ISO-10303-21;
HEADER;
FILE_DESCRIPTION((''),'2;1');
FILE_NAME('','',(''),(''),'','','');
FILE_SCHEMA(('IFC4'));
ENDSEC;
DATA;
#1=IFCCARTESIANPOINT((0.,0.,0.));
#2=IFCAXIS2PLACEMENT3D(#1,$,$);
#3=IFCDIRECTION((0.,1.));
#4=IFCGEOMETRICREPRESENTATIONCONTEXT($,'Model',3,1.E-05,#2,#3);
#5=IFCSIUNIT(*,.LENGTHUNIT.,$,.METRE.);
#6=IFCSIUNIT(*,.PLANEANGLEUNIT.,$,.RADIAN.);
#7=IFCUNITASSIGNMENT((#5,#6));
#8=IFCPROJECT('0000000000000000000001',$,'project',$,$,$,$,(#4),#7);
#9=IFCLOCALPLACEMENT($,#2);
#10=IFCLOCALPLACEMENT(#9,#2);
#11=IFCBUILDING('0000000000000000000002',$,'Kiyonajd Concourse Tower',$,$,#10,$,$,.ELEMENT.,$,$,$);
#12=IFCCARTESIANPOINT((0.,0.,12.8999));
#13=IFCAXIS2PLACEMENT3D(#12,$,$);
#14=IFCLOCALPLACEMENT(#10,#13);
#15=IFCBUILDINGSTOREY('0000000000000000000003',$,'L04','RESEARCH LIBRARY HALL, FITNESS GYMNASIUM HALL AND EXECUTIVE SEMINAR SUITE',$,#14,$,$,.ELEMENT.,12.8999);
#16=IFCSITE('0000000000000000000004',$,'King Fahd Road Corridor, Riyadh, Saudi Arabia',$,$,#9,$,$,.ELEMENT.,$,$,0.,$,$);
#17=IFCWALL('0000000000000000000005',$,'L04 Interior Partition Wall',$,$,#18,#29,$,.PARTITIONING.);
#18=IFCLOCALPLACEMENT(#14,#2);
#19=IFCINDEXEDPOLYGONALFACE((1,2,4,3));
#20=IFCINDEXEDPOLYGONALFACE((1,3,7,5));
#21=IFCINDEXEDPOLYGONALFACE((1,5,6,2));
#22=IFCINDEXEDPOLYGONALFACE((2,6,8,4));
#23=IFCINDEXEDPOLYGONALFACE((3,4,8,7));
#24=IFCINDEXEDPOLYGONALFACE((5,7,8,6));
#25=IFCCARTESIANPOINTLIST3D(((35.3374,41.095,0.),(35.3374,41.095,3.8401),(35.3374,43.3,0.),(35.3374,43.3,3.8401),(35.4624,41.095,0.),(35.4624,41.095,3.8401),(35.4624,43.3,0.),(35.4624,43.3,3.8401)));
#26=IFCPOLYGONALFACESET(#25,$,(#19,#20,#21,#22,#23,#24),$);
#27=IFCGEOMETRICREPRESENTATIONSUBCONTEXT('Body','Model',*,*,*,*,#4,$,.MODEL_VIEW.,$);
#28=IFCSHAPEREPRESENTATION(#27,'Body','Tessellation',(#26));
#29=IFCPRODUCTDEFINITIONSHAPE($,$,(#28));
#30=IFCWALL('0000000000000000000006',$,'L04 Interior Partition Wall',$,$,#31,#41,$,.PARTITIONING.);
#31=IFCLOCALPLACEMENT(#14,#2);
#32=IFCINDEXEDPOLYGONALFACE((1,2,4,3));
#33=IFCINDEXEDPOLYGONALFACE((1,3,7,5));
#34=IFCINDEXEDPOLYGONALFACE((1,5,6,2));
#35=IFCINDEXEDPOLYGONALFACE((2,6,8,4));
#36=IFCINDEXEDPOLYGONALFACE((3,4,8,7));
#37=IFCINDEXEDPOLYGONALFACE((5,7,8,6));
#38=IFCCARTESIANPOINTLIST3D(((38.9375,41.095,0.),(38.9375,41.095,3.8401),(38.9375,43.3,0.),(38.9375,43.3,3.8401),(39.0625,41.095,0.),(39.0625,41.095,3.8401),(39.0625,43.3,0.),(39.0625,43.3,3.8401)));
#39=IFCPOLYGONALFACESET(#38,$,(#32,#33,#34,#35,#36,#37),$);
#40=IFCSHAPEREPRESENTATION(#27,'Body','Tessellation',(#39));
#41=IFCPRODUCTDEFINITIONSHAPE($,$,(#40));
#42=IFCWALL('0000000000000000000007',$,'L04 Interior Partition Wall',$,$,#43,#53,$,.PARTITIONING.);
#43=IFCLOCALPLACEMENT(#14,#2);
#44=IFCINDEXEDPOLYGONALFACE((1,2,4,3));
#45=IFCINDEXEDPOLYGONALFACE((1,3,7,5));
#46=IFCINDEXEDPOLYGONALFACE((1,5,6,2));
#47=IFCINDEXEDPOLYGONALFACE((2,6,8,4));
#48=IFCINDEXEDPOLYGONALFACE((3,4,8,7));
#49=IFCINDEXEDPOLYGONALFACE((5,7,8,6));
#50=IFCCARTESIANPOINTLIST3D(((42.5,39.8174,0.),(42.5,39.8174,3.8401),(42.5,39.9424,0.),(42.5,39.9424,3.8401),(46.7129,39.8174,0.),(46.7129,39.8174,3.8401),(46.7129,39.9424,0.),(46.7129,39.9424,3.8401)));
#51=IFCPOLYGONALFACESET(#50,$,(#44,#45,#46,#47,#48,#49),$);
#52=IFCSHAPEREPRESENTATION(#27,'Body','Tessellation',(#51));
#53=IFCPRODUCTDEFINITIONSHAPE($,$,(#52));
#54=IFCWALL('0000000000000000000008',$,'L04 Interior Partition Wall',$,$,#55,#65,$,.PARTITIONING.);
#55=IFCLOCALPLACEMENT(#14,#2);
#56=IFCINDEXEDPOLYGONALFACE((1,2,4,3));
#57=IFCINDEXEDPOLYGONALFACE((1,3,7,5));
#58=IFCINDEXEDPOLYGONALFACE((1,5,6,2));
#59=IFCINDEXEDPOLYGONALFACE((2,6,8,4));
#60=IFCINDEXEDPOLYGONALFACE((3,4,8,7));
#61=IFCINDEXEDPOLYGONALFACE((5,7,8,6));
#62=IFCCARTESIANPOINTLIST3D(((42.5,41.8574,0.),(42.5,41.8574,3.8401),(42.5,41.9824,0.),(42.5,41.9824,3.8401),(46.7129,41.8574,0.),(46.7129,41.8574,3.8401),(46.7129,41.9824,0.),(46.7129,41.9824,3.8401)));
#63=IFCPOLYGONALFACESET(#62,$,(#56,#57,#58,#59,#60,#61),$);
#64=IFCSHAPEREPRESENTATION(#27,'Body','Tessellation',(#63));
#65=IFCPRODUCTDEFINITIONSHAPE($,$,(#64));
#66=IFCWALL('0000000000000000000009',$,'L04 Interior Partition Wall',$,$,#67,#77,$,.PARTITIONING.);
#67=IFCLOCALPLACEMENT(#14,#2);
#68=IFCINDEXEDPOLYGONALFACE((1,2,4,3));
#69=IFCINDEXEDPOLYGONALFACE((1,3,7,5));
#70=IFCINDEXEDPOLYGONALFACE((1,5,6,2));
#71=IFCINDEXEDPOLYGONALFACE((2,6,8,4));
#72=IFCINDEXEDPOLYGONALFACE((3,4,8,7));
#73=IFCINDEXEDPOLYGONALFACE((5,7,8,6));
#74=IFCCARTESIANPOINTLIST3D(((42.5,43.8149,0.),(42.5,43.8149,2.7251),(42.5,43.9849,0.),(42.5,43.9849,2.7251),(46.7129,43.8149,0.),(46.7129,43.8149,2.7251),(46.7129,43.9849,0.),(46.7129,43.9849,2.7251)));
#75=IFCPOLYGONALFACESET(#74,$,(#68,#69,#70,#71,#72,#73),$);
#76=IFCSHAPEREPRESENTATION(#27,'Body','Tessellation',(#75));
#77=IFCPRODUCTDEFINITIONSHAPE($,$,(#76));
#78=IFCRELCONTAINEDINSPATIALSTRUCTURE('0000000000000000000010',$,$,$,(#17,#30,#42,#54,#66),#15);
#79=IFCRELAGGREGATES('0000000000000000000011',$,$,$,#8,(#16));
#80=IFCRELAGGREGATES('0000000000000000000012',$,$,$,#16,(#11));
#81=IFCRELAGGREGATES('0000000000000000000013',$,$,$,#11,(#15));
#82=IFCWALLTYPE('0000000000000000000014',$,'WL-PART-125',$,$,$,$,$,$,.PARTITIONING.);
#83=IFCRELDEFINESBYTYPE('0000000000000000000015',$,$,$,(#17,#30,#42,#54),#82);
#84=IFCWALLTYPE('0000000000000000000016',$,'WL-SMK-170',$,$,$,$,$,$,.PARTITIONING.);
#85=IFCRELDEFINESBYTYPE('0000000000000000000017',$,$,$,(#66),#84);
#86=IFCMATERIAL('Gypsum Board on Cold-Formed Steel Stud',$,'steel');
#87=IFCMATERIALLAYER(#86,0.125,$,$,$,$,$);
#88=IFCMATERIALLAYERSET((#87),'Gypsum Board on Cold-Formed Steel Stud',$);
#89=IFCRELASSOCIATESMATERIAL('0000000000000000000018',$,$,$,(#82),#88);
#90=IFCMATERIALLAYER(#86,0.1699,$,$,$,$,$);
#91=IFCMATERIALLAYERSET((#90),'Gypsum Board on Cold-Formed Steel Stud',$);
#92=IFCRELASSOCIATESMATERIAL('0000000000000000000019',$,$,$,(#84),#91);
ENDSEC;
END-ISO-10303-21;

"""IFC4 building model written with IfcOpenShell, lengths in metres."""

from ifc_helpers import new_model, si_unit, direction, frame, frame_2d, origin, place, context, subcontext, project, spatial, rectangle, extrude, material, layer, layer_set, type_object, element, save


model = new_model("IFC4")

# Units and contexts
model_context = context("Model", 3, precision=1e-05, world=origin(), true_north=direction((0.0, 1.0)))
body_context = subcontext(model_context, "Body", "Model", "MODEL_VIEW")
ifc_project = project(units=[si_unit("LENGTHUNIT", "METRE"), si_unit("PLANEANGLEUNIT", "RADIAN")], contexts=[model_context])

# Site, building, storey
site_placement = place(None, origin())
site = spatial("IfcSite", under=ifc_project, at=site_placement, Name="King Fahd Road Corridor, Riyadh, Saudi Arabia", CompositionType="ELEMENT", RefElevation=0.0)
building_placement = place(site_placement, origin())
building = spatial("IfcBuilding", under=site, at=building_placement, Name="Kiyonajd Concourse Tower", CompositionType="ELEMENT")
storey_placement = place(building_placement, frame((0.0, 0.0, 12.8999)))
storey = spatial("IfcBuildingStorey", under=building, at=storey_placement, Name="L04", Description="RESEARCH LIBRARY HALL, FITNESS GYMNASIUM HALL AND EXECUTIVE SEMINAR SUITE", CompositionType="ELEMENT", Elevation=12.8999)

# Walls
ifc_material_1 = material(Name="Gypsum Board on Cold-Formed Steel Stud", Category="steel")
ifc_layer_1 = layer(ifc_material_1, 0.125)
ifc_layer_set_1 = layer_set([ifc_layer_1], Name="Gypsum Board on Cold-Formed Steel Stud")
wall_type_1 = type_object("IfcWallType", Name="WL-PART-125", PredefinedType="PARTITIONING", material=ifc_layer_set_1)
for number, where, z_axis, x_axis, name in (
    (1, (35.3999, 41.095, 0.0), (0.0, 0.0, 1.0), (0.0, 1.0, 0.0), "L04 Interior Partition Wall"),
    (2, (39.0, 41.095, 0.0), (0.0, 0.0, 1.0), (0.0, 1.0, 0.0), "L04 Interior Partition Wall"),
):
    element("IfcWall", number, at=place(storey_placement, frame(where, z_axis=z_axis, x_axis=x_axis)), inside=storey, type_object=wall_type_1, Name=name, PredefinedType="PARTITIONING", context=body_context, shape_type="SweptSolid", body=[
        extrude(rectangle(XDim=2.2051, YDim=0.125, at=frame_2d((1.1025, 0.0))), origin(), (0.0, 0.0, 1.0), 3.8401),
    ])
for number, where, z_axis, x_axis, name in (
    (3, (42.5, 39.8799, 0.0), (0.0, 0.0, 1.0), (1.0, 0.0, 0.0), "L04 Interior Partition Wall"),
    (4, (42.5, 41.9199, 0.0), (0.0, 0.0, 1.0), (1.0, 0.0, 0.0), "L04 Interior Partition Wall"),
):
    element("IfcWall", number, at=place(storey_placement, frame(where, z_axis=z_axis, x_axis=x_axis)), inside=storey, type_object=wall_type_1, Name=name, PredefinedType="PARTITIONING", context=body_context, shape_type="SweptSolid", body=[
        extrude(rectangle(XDim=4.2129, YDim=0.125, at=frame_2d((2.1064, 0.0))), origin(), (0.0, 0.0, 1.0), 3.8401),
    ])
ifc_layer_2 = layer(ifc_material_1, 0.1699)
ifc_layer_set_2 = layer_set([ifc_layer_2], Name="Gypsum Board on Cold-Formed Steel Stud")
wall_type_2 = type_object("IfcWallType", Name="WL-SMK-170", PredefinedType="PARTITIONING", material=ifc_layer_set_2)
wall_placement = place(storey_placement, frame((42.5, 43.8999, 0.0), z_axis=(0.0, 0.0, 1.0), x_axis=(1.0, 0.0, 0.0)))
element("IfcWall", 5, at=wall_placement, inside=storey, type_object=wall_type_2, Name="L04 Interior Partition Wall", PredefinedType="PARTITIONING", context=body_context, shape_type="SweptSolid", body=[
    extrude(rectangle(XDim=4.2129, YDim=0.1699, at=frame_2d((2.1064, 0.0))), origin(), (0.0, 0.0, 1.0), 2.7251),
])

save(model, "model.ifc")
